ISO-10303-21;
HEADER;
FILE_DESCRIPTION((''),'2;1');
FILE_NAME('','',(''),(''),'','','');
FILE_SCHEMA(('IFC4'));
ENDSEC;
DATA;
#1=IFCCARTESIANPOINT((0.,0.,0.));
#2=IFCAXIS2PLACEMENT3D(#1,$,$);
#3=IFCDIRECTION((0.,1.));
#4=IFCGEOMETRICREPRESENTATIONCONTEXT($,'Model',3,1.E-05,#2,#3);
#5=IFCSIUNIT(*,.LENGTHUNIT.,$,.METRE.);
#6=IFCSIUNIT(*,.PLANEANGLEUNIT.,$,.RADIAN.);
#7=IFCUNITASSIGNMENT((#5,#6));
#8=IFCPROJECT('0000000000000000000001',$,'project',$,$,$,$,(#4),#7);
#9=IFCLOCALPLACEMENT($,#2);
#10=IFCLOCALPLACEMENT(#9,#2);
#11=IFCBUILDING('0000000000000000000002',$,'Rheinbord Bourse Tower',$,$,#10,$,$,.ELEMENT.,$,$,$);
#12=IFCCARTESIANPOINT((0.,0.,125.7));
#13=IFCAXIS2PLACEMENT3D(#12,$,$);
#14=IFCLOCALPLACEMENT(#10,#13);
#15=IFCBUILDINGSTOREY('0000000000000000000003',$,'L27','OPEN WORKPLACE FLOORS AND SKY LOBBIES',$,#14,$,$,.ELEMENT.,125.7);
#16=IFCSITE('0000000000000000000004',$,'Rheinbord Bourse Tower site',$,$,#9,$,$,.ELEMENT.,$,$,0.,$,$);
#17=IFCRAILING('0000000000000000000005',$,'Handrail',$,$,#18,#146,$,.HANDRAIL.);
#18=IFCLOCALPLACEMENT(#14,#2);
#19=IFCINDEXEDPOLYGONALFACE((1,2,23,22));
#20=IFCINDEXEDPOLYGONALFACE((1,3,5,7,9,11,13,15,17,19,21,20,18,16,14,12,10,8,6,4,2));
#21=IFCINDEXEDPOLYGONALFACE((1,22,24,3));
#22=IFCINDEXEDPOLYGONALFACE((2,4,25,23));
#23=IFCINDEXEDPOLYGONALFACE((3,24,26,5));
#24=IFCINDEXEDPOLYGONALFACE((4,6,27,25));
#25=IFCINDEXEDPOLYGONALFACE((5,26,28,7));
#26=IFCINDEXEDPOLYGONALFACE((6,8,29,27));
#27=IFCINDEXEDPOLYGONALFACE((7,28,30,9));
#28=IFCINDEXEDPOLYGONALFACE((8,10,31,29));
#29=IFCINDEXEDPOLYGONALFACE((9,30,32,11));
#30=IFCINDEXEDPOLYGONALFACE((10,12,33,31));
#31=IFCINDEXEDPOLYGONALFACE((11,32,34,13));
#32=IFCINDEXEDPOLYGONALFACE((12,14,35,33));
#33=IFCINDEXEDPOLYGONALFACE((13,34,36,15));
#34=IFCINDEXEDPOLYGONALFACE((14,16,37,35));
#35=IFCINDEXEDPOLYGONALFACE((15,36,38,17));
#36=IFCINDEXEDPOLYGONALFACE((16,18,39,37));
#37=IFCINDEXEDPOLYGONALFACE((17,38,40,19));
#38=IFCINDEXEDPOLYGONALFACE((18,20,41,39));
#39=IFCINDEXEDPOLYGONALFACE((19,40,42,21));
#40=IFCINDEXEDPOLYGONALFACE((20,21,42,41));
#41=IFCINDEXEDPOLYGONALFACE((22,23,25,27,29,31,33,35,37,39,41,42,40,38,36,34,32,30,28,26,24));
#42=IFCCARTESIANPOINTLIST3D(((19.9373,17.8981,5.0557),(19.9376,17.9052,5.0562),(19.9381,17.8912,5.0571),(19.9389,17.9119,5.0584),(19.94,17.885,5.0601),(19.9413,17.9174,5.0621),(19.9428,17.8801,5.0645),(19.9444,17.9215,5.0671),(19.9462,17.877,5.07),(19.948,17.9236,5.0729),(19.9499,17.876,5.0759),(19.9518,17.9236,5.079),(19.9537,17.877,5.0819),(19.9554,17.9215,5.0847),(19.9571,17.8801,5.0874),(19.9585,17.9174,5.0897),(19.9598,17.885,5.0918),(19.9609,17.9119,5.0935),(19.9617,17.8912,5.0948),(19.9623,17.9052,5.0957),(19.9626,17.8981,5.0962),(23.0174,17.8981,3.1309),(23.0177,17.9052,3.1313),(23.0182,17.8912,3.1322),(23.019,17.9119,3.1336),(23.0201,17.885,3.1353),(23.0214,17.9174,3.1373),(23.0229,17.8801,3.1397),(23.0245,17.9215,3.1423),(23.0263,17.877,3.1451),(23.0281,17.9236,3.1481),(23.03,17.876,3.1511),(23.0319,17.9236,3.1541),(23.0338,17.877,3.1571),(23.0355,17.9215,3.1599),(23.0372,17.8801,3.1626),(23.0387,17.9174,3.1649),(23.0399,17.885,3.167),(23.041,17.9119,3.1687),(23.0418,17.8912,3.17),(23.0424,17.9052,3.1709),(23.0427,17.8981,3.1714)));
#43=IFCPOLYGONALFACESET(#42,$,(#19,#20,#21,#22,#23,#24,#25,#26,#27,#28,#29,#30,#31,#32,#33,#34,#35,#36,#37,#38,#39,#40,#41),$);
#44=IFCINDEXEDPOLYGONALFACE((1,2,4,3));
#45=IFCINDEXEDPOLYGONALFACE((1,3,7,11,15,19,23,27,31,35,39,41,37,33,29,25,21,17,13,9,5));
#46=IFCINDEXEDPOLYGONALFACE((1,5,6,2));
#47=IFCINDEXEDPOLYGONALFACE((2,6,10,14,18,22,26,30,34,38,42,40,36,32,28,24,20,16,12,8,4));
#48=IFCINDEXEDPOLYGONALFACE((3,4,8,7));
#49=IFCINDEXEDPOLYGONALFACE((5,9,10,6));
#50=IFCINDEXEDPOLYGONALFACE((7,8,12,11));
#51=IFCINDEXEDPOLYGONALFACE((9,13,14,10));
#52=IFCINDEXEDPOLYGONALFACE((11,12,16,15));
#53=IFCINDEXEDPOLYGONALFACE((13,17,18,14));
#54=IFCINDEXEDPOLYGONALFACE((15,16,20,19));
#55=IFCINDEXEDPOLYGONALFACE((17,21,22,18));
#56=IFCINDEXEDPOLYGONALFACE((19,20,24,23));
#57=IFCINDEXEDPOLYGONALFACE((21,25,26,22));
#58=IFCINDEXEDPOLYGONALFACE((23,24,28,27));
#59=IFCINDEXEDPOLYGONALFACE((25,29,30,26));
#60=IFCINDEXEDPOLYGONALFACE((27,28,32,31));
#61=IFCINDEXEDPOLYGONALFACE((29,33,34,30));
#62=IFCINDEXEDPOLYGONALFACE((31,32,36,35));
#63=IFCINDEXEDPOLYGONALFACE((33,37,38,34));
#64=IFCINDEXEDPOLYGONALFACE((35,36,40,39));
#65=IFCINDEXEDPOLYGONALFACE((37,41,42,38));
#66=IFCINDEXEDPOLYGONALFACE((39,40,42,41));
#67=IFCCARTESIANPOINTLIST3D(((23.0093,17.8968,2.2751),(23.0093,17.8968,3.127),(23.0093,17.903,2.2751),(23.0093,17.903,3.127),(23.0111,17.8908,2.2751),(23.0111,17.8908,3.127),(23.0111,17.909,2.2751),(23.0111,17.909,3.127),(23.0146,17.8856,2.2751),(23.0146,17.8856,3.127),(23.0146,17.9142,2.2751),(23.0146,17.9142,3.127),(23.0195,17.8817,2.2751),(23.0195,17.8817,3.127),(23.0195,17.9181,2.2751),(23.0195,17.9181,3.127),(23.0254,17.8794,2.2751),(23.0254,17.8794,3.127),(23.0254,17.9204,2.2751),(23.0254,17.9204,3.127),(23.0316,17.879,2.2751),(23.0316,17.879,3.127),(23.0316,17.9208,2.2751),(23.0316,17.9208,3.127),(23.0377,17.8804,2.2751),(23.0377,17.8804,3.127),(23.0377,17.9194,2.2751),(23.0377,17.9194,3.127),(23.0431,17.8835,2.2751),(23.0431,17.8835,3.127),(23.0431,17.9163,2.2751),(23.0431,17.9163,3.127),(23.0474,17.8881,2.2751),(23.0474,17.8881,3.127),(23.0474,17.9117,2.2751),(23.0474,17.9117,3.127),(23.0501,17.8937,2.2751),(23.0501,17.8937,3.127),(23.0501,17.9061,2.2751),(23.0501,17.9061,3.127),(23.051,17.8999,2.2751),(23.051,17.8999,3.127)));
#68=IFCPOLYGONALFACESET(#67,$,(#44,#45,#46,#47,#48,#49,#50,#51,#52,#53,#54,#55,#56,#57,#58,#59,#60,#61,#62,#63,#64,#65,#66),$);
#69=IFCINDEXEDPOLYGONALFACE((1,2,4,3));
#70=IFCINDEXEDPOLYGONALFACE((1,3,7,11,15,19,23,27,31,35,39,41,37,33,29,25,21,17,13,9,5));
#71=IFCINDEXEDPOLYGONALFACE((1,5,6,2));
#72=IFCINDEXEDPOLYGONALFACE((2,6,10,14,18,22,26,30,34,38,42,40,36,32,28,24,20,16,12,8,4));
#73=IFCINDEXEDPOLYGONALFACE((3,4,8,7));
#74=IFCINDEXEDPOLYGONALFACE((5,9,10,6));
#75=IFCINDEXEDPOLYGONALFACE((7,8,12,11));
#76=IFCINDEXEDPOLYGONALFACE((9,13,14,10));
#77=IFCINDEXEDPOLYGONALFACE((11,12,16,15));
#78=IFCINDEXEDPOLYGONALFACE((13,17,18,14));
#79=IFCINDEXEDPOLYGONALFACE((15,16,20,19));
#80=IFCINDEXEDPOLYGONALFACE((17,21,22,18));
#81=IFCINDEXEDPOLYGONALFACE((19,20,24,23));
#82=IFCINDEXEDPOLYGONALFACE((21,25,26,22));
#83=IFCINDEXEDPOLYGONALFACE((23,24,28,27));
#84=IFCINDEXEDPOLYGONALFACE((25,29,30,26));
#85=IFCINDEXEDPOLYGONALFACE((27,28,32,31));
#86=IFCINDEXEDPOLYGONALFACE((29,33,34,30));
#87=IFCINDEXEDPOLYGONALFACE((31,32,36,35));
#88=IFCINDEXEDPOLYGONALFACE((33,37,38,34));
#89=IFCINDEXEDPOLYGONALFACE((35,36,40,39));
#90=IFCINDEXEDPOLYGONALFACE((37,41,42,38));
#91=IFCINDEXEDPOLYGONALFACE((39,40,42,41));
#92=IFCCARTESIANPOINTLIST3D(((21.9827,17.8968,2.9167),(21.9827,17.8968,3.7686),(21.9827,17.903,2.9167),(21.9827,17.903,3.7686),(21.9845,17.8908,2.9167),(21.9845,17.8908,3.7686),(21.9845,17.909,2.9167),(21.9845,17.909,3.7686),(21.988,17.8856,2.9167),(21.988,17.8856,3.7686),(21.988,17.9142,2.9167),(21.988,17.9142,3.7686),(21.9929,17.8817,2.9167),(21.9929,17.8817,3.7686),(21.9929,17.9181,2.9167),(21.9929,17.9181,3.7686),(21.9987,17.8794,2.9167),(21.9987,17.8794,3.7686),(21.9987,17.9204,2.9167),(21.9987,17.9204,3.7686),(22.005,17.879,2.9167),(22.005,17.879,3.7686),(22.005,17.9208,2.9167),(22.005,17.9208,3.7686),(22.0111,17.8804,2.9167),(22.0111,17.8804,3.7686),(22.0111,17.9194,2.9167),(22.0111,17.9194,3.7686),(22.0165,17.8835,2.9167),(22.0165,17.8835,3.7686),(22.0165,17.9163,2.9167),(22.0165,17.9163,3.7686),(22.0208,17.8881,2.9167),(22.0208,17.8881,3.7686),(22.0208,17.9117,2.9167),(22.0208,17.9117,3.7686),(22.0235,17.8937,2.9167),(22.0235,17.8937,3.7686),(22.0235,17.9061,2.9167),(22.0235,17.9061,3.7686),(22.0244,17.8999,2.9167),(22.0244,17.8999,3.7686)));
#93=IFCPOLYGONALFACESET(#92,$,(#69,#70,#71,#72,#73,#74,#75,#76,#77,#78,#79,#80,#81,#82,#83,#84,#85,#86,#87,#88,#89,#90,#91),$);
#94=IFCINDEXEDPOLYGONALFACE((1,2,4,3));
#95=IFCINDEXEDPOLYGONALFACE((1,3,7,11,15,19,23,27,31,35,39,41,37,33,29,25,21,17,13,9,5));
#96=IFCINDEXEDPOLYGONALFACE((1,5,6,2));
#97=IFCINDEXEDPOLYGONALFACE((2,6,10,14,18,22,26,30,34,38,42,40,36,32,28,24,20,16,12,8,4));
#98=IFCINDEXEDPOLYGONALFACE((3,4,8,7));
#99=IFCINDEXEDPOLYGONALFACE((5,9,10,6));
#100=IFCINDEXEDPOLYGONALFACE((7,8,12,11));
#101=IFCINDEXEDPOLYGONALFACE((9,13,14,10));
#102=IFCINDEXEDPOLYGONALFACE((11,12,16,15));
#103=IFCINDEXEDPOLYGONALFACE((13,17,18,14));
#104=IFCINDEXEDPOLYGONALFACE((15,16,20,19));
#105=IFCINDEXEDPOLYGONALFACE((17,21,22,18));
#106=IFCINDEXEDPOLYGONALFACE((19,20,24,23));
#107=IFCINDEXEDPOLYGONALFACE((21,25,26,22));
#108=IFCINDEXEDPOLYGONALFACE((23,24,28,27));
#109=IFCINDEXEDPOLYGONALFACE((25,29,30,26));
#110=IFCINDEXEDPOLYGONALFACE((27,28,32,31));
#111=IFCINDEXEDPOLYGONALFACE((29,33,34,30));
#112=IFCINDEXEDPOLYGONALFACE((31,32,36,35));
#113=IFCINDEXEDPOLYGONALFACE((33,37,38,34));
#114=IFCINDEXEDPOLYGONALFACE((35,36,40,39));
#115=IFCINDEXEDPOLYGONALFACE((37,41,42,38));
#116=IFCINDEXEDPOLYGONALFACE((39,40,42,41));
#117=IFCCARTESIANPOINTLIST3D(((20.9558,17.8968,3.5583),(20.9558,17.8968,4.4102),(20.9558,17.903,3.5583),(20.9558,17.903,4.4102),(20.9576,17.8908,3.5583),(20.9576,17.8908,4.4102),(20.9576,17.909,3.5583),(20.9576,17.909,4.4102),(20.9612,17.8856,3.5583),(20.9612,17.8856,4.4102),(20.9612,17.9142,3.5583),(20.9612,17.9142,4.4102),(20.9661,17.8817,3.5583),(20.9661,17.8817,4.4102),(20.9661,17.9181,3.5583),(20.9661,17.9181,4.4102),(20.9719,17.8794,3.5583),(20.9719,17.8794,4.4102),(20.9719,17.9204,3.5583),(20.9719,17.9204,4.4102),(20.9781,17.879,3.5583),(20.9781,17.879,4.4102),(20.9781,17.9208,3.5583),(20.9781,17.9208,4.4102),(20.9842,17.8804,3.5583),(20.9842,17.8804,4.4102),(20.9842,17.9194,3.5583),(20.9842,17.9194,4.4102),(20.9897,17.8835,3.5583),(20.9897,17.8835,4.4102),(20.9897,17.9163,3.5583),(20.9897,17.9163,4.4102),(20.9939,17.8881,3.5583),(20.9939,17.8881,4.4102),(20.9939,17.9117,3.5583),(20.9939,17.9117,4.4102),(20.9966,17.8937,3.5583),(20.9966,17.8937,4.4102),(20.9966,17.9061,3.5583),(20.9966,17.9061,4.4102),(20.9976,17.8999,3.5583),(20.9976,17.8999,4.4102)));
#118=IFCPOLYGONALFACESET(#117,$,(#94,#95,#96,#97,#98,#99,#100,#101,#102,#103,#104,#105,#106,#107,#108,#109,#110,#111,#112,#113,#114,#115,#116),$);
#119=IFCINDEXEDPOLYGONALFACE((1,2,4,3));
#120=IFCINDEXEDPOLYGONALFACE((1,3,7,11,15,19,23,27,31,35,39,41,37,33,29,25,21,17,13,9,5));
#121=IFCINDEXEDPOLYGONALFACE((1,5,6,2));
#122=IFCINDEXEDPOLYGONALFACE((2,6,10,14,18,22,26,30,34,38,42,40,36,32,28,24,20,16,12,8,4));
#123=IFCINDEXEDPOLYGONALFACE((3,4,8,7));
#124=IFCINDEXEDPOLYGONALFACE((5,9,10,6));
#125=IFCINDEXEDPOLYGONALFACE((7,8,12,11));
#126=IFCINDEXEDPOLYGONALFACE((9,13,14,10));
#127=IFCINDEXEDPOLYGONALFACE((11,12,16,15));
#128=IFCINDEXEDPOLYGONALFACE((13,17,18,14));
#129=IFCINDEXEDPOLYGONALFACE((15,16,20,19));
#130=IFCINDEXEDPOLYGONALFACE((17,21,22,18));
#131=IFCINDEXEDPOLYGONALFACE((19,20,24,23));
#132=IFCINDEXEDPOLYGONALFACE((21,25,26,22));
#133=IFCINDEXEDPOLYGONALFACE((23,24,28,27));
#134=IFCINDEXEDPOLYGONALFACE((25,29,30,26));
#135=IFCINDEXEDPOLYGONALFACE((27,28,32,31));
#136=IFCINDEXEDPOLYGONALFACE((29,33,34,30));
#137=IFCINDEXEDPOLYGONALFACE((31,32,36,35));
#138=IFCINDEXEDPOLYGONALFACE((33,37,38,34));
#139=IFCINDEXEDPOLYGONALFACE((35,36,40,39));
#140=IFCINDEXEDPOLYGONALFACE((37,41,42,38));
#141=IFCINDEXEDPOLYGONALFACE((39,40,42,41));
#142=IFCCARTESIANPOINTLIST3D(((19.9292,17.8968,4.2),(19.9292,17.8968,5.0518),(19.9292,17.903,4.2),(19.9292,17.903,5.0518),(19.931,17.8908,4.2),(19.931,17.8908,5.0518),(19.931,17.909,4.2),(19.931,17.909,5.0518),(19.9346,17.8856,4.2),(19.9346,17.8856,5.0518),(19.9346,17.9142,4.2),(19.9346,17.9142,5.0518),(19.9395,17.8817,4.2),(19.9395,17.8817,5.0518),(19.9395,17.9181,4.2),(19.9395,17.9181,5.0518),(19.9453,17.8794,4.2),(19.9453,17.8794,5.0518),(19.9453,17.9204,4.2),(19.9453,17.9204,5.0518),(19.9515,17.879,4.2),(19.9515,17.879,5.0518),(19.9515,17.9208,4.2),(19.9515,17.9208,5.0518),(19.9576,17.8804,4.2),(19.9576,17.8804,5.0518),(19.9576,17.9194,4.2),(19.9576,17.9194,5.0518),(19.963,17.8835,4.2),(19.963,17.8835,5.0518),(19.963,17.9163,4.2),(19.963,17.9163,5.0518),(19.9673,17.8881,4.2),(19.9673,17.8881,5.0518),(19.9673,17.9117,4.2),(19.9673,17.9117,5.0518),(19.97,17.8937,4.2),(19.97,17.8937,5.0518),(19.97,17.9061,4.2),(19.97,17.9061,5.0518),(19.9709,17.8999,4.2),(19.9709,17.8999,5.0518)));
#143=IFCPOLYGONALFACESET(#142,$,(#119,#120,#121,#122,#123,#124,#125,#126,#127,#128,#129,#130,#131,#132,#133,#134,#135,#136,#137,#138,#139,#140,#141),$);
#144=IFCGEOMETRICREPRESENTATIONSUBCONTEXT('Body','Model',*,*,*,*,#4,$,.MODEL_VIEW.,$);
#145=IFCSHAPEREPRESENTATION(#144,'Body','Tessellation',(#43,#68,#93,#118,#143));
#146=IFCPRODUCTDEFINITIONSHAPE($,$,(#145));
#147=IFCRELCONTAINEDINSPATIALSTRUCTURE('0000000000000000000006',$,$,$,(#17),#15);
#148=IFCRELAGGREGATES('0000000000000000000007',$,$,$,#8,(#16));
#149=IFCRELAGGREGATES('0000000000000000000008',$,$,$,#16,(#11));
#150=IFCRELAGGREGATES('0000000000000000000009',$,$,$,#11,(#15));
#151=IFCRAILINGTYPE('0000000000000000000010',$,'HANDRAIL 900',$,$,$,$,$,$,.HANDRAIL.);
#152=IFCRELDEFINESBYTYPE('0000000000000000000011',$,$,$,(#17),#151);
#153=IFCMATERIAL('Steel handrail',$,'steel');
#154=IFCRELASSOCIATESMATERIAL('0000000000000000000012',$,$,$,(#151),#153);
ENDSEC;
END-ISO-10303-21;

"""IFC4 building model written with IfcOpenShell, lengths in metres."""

from ifc_helpers import new_model, si_unit, direction, frame, origin, origin_2d, place, context, subcontext, project, spatial, circle, extrude, material, type_object, element, save


model = new_model("IFC4")

# Units and contexts
model_context = context("Model", 3, precision=1e-05, world=origin(), true_north=direction((0.0, 1.0)))
body_context = subcontext(model_context, "Body", "Model", "MODEL_VIEW")
ifc_project = project(units=[si_unit("LENGTHUNIT", "METRE"), si_unit("PLANEANGLEUNIT", "RADIAN")], contexts=[model_context])

# Site, building, storey
site_placement = place(None, origin())
site = spatial("IfcSite", under=ifc_project, at=site_placement, Name="Rheinbord Bourse Tower site", CompositionType="ELEMENT", RefElevation=0.0)
building_placement = place(site_placement, origin())
building = spatial("IfcBuilding", under=site, at=building_placement, Name="Rheinbord Bourse Tower", CompositionType="ELEMENT")
storey_placement = place(building_placement, frame((0.0, 0.0, 125.7)))
storey = spatial("IfcBuildingStorey", under=building, at=storey_placement, Name="L27", Description="OPEN WORKPLACE FLOORS AND SKY LOBBIES", CompositionType="ELEMENT", Elevation=125.7)

# Railing
ifc_material_1 = material(Name="Steel handrail", Category="steel")
railing_type = type_object("IfcRailingType", Name="HANDRAIL 900", PredefinedType="HANDRAIL", material=ifc_material_1)
railing_1_placement = place(storey_placement, frame((23.03, 17.8999, 2.2751)))
element("IfcRailing", 1, at=railing_1_placement, inside=storey, type_object=railing_type, Name="Handrail", PredefinedType="HANDRAIL", context=body_context, shape_type="SweptSolid", body=[
    extrude(circle(Radius=0.0239, at=origin_2d()), frame((0.0, 0.0, 0.876), z_axis=(-0.848029, 0.0, 0.529951), x_axis=(0.0, -1.0, 0.0)), (0.0, 0.0, 1.0), 3.6321),
    extrude(circle(Radius=0.021, at=origin_2d()), origin(), (0.0, 0.0, 1.0), 0.8518),
    extrude(circle(Radius=0.021, at=origin_2d()), frame((-1.0266, 0.0, 0.6416)), (0.0, 0.0, 1.0), 0.8518),
    extrude(circle(Radius=0.021, at=origin_2d()), frame((-2.0535, 0.0, 1.2832)), (0.0, 0.0, 1.0), 0.8518),
    extrude(circle(Radius=0.021, at=origin_2d()), frame((-3.0801, 0.0, 1.9248)), (0.0, 0.0, 1.0), 0.8518),
])

save(model, "model.ifc")
